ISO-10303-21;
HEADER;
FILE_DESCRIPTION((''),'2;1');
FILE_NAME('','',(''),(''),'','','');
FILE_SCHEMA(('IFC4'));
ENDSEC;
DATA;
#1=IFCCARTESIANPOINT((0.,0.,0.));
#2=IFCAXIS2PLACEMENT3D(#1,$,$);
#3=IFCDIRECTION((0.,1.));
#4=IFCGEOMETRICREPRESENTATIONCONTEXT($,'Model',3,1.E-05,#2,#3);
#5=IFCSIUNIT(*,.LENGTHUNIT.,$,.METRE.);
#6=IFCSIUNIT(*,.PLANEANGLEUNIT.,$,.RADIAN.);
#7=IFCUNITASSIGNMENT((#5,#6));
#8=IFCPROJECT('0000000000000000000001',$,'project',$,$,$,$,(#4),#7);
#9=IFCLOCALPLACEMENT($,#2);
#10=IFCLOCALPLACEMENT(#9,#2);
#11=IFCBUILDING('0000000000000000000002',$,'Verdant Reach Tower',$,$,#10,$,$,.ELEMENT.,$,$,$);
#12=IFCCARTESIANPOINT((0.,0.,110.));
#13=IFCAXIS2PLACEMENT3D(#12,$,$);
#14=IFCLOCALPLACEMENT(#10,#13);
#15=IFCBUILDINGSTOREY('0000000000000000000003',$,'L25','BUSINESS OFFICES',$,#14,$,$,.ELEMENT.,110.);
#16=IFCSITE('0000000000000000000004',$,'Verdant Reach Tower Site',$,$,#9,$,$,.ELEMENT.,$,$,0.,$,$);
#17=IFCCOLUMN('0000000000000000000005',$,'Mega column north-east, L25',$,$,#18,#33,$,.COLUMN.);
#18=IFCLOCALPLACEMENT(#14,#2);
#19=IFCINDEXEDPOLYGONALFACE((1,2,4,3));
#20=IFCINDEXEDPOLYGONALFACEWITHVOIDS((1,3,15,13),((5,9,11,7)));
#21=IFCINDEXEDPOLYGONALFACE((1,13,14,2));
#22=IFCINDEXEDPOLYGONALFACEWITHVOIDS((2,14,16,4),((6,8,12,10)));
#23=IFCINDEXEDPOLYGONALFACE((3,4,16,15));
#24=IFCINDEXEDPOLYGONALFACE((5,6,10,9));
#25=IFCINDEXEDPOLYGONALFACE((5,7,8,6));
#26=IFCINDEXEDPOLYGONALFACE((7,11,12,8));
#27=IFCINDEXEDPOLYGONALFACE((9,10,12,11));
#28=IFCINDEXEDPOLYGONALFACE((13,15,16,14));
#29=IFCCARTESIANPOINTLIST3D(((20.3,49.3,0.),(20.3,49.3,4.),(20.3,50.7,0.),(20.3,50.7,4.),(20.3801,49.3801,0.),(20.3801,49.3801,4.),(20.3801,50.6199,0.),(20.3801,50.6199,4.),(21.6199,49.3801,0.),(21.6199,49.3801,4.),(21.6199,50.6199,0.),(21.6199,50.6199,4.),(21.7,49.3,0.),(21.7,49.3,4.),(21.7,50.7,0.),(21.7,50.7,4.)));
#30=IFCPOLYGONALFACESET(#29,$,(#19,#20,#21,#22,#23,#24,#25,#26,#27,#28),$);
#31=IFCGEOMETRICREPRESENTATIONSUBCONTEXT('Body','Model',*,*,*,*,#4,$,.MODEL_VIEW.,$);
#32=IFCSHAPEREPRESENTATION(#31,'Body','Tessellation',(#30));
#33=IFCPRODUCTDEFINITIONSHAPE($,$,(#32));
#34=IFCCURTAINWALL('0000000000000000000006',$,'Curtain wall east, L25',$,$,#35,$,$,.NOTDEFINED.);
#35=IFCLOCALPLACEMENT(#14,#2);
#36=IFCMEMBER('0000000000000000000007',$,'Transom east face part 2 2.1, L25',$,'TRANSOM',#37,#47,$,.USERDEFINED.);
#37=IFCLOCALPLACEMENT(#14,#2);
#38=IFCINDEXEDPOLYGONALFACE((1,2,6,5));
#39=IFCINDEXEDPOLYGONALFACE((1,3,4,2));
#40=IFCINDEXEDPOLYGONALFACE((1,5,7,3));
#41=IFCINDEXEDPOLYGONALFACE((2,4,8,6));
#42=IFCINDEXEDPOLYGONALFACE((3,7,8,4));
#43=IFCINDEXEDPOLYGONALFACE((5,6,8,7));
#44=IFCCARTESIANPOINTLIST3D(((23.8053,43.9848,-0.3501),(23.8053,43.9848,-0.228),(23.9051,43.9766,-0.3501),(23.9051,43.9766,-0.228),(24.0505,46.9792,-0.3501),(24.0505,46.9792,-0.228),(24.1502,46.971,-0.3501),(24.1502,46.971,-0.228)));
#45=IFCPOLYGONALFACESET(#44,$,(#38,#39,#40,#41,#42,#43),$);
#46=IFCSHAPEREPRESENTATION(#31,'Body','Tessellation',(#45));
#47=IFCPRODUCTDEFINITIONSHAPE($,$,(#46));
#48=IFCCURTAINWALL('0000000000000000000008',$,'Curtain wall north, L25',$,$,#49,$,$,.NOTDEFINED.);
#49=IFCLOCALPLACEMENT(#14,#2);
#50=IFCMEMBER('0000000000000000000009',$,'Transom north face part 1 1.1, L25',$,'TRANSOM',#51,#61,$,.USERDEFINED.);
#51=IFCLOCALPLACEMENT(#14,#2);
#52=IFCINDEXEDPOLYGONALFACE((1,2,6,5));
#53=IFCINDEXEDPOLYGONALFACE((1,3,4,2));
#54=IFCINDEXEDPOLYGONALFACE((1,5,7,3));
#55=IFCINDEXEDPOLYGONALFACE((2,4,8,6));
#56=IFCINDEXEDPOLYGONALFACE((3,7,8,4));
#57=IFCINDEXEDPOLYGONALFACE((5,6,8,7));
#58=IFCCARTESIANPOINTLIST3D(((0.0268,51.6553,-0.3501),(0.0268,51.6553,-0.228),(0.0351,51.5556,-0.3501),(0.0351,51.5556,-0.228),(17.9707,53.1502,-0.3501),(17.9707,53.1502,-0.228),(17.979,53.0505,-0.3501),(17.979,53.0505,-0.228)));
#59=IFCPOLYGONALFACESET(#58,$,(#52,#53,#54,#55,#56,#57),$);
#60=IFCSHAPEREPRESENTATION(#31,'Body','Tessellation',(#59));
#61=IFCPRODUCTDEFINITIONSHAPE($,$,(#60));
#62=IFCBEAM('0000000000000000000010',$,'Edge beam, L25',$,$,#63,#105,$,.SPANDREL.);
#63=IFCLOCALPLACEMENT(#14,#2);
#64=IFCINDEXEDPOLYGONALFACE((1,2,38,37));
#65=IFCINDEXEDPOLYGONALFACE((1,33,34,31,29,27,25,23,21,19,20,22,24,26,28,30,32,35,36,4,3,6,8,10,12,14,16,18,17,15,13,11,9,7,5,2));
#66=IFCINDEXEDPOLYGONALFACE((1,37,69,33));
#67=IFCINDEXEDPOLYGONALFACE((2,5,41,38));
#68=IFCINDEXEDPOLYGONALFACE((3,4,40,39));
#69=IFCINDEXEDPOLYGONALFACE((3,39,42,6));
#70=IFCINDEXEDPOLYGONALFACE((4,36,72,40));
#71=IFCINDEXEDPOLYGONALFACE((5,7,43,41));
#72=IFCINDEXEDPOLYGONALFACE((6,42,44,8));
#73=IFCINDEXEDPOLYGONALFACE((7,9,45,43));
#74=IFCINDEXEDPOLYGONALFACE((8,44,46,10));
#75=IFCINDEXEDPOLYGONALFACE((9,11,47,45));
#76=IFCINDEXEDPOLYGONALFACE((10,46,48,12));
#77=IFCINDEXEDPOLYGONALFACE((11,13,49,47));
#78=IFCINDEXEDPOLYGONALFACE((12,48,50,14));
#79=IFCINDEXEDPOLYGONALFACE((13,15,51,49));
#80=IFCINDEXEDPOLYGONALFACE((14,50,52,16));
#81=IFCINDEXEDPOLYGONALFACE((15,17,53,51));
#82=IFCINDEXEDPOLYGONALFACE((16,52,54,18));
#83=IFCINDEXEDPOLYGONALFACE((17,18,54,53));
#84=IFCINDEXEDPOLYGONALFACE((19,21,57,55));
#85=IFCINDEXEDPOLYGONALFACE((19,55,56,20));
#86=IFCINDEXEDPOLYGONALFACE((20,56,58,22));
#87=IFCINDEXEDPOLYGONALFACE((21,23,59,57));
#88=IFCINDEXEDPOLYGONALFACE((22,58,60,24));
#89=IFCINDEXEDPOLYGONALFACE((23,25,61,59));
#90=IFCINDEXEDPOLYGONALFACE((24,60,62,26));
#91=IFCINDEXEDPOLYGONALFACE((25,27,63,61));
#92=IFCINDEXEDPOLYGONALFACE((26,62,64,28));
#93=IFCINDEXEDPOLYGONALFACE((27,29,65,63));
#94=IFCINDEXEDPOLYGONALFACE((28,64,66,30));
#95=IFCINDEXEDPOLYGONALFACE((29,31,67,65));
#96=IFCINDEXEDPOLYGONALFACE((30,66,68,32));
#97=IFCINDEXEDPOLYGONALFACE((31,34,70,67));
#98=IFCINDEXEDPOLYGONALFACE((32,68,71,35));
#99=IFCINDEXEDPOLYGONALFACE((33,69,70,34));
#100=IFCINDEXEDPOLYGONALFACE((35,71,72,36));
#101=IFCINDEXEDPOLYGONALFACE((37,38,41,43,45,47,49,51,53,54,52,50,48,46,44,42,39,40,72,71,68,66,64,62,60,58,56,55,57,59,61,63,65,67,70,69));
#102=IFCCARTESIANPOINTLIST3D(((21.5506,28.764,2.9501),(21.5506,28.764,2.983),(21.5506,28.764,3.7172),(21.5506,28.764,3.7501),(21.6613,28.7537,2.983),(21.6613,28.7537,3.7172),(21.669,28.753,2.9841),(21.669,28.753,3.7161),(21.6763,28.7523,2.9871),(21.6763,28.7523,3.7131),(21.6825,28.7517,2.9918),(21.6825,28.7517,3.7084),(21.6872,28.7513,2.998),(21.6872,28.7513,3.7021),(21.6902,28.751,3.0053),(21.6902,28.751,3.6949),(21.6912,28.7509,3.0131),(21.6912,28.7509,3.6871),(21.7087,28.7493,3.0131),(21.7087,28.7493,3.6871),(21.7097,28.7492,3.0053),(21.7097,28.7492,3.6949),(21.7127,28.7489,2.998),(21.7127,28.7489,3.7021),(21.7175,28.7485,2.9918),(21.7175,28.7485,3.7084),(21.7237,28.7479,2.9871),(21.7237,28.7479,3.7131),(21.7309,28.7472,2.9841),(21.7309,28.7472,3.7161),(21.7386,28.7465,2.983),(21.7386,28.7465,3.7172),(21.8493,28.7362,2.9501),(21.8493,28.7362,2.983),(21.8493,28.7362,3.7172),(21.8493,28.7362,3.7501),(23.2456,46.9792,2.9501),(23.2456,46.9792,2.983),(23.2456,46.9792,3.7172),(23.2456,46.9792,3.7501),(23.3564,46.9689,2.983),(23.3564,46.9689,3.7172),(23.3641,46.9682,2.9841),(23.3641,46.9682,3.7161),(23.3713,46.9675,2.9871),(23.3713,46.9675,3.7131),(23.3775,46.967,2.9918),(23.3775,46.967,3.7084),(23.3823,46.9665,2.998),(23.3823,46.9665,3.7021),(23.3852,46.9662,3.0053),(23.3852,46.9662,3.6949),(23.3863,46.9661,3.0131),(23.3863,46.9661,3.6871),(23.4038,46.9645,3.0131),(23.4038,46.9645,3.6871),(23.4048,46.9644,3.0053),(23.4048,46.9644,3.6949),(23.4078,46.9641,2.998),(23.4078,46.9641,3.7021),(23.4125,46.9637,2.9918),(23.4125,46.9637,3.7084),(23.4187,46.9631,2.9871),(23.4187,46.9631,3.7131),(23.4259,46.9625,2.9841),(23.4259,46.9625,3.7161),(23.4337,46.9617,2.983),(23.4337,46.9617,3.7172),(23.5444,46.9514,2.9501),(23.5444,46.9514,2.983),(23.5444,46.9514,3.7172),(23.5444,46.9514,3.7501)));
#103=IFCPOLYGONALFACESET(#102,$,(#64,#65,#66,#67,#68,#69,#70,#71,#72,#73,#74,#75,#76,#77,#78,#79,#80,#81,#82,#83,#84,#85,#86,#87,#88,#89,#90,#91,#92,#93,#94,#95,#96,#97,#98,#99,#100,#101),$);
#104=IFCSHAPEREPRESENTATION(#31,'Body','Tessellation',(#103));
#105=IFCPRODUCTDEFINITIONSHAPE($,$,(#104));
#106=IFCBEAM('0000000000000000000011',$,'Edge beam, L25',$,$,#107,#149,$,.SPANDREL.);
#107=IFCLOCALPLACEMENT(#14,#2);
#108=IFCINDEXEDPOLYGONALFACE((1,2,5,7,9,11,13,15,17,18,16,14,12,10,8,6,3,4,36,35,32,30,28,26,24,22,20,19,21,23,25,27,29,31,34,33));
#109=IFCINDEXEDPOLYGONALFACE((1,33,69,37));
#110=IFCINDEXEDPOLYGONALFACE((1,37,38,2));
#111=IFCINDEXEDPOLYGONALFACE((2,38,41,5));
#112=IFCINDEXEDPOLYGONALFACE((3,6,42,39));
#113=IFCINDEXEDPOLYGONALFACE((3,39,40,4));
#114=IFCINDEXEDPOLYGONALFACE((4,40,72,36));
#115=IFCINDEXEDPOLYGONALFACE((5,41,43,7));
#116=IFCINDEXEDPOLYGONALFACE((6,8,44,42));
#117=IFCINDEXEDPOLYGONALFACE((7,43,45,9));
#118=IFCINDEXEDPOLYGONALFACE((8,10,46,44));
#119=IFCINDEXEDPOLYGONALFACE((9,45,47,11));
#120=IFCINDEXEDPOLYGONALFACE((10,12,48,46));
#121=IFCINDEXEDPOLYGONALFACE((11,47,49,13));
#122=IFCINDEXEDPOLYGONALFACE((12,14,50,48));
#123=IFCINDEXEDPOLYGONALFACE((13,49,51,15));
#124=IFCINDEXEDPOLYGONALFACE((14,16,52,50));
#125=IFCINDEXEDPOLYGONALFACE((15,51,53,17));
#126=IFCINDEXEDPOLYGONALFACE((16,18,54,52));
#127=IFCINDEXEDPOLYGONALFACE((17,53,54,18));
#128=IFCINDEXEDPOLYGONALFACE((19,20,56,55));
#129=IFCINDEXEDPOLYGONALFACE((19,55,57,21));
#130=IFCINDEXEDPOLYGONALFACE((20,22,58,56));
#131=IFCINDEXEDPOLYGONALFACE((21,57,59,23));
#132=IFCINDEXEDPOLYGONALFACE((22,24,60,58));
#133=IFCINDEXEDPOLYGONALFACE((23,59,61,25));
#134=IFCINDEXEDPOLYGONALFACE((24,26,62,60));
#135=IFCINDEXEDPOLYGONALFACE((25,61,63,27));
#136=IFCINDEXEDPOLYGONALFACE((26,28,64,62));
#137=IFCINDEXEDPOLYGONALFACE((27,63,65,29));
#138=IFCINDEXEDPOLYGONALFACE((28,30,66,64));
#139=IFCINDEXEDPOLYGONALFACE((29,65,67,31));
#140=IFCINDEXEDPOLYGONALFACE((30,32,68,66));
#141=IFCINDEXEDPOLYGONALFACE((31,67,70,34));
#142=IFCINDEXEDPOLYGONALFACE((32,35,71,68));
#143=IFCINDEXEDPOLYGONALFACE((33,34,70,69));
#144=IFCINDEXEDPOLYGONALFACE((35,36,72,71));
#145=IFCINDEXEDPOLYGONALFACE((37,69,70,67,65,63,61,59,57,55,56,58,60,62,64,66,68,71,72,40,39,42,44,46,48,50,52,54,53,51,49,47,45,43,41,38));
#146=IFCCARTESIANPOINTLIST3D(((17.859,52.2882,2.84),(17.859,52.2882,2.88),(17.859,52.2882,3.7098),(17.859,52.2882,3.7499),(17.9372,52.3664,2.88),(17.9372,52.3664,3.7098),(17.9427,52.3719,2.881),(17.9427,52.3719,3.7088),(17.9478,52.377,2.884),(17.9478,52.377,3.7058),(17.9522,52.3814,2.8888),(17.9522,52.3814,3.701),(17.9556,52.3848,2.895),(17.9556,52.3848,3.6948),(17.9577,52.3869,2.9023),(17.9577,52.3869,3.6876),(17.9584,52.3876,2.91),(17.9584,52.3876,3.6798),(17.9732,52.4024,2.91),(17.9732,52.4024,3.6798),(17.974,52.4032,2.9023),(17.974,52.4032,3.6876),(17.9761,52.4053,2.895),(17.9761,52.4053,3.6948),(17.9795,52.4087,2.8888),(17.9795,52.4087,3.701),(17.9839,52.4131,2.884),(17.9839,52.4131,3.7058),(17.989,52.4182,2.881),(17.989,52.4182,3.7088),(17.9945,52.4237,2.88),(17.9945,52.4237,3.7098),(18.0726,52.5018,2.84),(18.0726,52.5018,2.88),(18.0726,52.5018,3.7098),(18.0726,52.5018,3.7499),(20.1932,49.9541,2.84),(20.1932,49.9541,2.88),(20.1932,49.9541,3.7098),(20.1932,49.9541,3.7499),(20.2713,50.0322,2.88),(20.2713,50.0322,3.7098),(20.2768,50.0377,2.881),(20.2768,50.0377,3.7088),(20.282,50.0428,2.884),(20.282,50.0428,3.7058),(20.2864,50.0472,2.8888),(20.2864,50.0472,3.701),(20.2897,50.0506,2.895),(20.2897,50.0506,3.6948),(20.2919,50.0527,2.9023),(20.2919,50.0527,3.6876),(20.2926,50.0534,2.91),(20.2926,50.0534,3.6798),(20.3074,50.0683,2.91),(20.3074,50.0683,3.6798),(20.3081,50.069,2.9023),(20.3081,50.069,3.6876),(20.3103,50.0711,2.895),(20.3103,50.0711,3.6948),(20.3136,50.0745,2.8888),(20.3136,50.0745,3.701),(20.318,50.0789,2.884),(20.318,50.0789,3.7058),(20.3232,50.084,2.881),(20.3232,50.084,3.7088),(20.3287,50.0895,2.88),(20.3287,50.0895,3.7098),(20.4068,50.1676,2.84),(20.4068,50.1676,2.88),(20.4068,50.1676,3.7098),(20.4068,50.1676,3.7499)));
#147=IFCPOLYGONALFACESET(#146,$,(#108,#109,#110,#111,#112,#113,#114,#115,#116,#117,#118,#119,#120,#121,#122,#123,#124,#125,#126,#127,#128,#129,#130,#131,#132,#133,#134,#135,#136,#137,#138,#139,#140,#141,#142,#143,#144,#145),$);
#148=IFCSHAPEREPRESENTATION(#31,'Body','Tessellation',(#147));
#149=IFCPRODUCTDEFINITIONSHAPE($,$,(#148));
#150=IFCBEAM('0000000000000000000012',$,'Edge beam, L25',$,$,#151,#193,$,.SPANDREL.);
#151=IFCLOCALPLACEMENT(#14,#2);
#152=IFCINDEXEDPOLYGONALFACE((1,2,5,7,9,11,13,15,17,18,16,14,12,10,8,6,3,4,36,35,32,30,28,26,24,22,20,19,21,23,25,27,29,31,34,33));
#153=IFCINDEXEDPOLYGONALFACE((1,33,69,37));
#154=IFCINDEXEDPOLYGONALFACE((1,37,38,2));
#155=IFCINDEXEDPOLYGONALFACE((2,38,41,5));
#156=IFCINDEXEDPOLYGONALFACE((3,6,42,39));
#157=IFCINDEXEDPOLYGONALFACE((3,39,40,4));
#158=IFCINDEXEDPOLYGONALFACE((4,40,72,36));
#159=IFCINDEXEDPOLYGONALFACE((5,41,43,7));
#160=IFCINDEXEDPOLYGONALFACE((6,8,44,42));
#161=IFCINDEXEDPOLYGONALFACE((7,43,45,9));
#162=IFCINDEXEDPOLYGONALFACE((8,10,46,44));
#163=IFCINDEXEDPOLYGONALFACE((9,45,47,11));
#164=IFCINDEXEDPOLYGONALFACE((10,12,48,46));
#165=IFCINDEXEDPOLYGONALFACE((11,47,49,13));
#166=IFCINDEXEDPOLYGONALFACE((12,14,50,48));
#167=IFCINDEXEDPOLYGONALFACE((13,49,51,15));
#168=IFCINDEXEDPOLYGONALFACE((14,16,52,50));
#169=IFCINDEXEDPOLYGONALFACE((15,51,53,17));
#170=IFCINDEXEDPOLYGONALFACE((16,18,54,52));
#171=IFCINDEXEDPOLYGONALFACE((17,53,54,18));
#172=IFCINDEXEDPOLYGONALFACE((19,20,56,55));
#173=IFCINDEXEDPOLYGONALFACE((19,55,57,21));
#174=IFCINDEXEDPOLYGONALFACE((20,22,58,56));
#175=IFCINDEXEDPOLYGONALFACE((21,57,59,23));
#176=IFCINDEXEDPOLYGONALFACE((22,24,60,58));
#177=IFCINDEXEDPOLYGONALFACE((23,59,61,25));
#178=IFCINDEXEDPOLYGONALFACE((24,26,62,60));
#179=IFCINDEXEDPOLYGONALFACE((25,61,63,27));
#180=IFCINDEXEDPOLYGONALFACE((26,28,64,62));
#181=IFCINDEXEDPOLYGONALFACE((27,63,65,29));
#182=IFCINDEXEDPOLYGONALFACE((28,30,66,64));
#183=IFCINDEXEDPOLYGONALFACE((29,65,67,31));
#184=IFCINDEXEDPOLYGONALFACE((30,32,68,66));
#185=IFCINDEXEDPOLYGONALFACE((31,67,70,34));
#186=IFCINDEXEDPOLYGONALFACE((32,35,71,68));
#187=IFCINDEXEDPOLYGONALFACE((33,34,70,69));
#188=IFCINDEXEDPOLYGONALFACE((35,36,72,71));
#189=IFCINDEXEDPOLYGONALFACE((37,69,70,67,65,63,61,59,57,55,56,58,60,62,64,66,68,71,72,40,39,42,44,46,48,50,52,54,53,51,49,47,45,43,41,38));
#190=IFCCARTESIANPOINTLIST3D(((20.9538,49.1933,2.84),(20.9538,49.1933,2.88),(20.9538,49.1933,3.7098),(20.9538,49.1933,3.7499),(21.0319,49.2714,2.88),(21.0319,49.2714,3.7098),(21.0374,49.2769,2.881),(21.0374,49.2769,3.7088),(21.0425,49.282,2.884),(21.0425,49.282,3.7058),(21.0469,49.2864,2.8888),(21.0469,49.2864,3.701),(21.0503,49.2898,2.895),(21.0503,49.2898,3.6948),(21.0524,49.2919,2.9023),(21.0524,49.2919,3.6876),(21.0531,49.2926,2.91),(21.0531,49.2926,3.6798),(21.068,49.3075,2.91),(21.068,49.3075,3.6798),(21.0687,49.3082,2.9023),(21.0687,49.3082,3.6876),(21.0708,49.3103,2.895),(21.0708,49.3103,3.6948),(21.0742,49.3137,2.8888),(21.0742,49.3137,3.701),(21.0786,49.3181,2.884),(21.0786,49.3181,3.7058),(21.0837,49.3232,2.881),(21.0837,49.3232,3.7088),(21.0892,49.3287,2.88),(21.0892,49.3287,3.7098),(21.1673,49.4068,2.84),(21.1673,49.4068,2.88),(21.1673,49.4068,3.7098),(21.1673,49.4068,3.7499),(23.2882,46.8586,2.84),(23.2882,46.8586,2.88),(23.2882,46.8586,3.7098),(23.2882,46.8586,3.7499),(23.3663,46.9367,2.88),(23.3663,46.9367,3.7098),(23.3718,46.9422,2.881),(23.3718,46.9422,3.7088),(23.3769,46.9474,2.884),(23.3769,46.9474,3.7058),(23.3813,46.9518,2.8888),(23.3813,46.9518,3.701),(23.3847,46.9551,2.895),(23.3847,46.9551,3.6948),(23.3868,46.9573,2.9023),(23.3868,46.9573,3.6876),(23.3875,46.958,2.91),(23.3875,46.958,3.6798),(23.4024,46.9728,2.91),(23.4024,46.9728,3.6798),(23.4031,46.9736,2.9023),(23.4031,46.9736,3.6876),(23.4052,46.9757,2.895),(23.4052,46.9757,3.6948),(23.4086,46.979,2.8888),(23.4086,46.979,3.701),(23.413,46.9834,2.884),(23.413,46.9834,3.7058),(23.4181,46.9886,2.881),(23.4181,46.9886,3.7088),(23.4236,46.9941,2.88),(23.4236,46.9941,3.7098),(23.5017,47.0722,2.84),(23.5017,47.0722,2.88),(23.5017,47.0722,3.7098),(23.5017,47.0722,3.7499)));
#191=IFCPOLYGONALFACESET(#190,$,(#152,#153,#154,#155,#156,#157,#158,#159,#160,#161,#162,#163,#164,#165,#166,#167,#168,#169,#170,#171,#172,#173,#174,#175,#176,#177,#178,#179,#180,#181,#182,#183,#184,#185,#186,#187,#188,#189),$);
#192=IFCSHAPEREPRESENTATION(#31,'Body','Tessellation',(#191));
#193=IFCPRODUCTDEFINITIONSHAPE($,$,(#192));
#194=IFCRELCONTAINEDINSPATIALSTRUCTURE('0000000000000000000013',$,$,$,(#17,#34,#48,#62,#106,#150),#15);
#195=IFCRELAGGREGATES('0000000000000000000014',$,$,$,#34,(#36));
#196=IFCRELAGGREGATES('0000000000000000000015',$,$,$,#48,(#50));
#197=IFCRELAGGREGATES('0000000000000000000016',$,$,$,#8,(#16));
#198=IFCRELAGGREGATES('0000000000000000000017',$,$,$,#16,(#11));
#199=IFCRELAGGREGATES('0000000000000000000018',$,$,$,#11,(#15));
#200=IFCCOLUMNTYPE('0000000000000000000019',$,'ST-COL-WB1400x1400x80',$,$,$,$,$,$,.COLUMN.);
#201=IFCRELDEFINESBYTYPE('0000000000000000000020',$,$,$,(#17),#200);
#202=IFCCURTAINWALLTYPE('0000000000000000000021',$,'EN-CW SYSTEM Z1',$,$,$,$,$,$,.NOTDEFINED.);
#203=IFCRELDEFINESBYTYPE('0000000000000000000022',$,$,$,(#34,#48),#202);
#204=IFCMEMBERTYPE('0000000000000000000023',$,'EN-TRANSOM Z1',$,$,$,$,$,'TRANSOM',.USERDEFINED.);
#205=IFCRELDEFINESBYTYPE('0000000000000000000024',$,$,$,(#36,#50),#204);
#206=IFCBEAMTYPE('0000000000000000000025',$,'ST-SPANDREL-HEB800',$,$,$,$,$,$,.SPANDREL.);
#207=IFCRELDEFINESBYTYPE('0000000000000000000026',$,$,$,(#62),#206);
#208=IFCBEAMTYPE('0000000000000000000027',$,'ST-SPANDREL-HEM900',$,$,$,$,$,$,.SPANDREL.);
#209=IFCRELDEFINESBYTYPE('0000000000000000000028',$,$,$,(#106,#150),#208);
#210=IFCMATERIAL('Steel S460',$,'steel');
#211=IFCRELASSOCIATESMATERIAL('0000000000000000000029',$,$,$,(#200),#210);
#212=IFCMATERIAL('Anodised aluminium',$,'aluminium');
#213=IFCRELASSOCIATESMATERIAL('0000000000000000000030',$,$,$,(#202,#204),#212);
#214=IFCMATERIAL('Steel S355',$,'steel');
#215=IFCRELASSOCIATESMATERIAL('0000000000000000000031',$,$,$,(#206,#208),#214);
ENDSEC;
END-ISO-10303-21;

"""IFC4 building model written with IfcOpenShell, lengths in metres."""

from ifc_helpers import new_model, si_unit, direction, frame, origin, origin_2d, place, context, subcontext, project, spatial, rectangle, hollow_rectangle, i_section, extrude, material, material_profile, profile_set, type_object, element, aggregate, save


model = new_model("IFC4")

# Units and contexts
model_context = context("Model", 3, precision=1e-05, world=origin(), true_north=direction((0.0, 1.0)))
body_context = subcontext(model_context, "Body", "Model", "MODEL_VIEW")
ifc_project = project(units=[si_unit("LENGTHUNIT", "METRE"), si_unit("PLANEANGLEUNIT", "RADIAN")], contexts=[model_context])

# Site, building, storey
site_placement = place(None, origin())
site = spatial("IfcSite", under=ifc_project, at=site_placement, Name="Verdant Reach Tower Site", CompositionType="ELEMENT", RefElevation=0.0)
building_placement = place(site_placement, origin())
building = spatial("IfcBuilding", under=site, at=building_placement, Name="Verdant Reach Tower", CompositionType="ELEMENT")
storey_placement = place(building_placement, frame((0.0, 0.0, 110.0)))
storey = spatial("IfcBuildingStorey", under=building, at=storey_placement, Name="L25", Description="BUSINESS OFFICES", CompositionType="ELEMENT", Elevation=110.0)

# Column
ifc_material_1 = material(Name="Steel S460", Category="steel")
ifc_material_profile_1 = material_profile(ifc_material_1, hollow_rectangle(XDim=1.3999, YDim=1.3999, WallThickness=0.0801, at=origin_2d()), Name="WB 1400x1400x80")
ifc_profile_set_1 = profile_set([ifc_material_profile_1], Name="Steel S460")
column_type = type_object("IfcColumnType", Name="ST-COL-WB1400x1400x80", PredefinedType="COLUMN", material=ifc_profile_set_1)
column_placement = place(storey_placement, frame((21.0, 50.0, 0.0), z_axis=(0.0, 0.0, 1.0), x_axis=(1.0, 0.0, 0.0)))
element("IfcColumn", 1, at=column_placement, inside=storey, type_object=column_type, Name="Mega column north-east, L25", PredefinedType="COLUMN", context=body_context, shape_type="SweptSolid", body=[
    extrude(hollow_rectangle(XDim=1.3999, YDim=1.3999, WallThickness=0.0801, at=origin_2d()), origin(), (0.0, 0.0, 1.0), 4.0),
])

# Curtain walls, members
ifc_material_2 = material(Name="Anodised aluminium", Category="aluminium")
curtain_wall_type = type_object("IfcCurtainWallType", Name="EN-CW SYSTEM Z1", PredefinedType="NOTDEFINED", material=ifc_material_2)
curtain_wall_1_placement = place(storey_placement, origin())
curtain_wall_1 = element("IfcCurtainWall", 2, at=curtain_wall_1_placement, inside=storey, type_object=curtain_wall_type, Name="Curtain wall east, L25", PredefinedType="NOTDEFINED")
ifc_material_profile_2 = material_profile(ifc_material_2, rectangle(XDim=0.1001, YDim=0.1221, at=origin_2d()), Name="Transom 122x100")
ifc_profile_set_2 = profile_set([ifc_material_profile_2], Name="Anodised aluminium")
member_type = type_object("IfcMemberType", Name="EN-TRANSOM Z1", ElementType="TRANSOM", PredefinedType="USERDEFINED", material=ifc_profile_set_2)
member_1_placement = place(storey_placement, frame((23.8552, 43.9807, -0.2891), z_axis=(0.081586, 0.996666, 0.0), x_axis=(-0.996666, 0.081586, 0.0)))
member_1 = element("IfcMember", 3, at=member_1_placement, type_object=member_type, Name="Transom east face part 2 2.1, L25", ObjectType="TRANSOM", PredefinedType="USERDEFINED", context=body_context, shape_type="SweptSolid", body=[
    extrude(rectangle(XDim=0.1001, YDim=0.1221, at=origin_2d()), origin(), (0.0, 0.0, 1.0), 3.0044),
])
curtain_wall_2_placement = place(storey_placement, origin())
curtain_wall_2 = element("IfcCurtainWall", 4, at=curtain_wall_2_placement, inside=storey, type_object=curtain_wall_type, Name="Curtain wall north, L25", PredefinedType="NOTDEFINED")
member_2_placement = place(storey_placement, frame((17.9749, 53.1003, -0.2891), z_axis=(-0.996548, -0.083021, 0.0), x_axis=(0.083021, -0.996548, 0.0)))
member_2 = element("IfcMember", 5, at=member_2_placement, type_object=member_type, Name="Transom north face part 1 1.1, L25", ObjectType="TRANSOM", PredefinedType="USERDEFINED", context=body_context, shape_type="SweptSolid", body=[
    extrude(rectangle(XDim=0.1001, YDim=0.1221, at=origin_2d()), origin(), (0.0, 0.0, 1.0), 18.0061),
])

# Beams
ifc_material_3 = material(Name="Steel S355", Category="steel")
ifc_material_profile_3 = material_profile(ifc_material_3, i_section(OverallWidth=0.3, OverallDepth=0.8, WebThickness=0.0176, FlangeThickness=0.033, FilletRadius=0.03, at=origin_2d()), Name="HEB 800")
ifc_profile_set_3 = profile_set([ifc_material_profile_3], Name="Steel S355")
beam_type_1 = type_object("IfcBeamType", Name="ST-SPANDREL-HEB800", PredefinedType="SPANDREL", material=ifc_profile_set_3)
beam_1_placement = place(storey_placement, frame((23.395, 46.9653, 3.3501), z_axis=(-0.092657, -0.995698, 0.0), x_axis=(0.995698, -0.092657, 0.0)))
element("IfcBeam", 6, at=beam_1_placement, inside=storey, type_object=beam_type_1, Name="Edge beam, L25", PredefinedType="SPANDREL", context=body_context, shape_type="SweptSolid", body=[
    extrude(i_section(OverallWidth=0.3, OverallDepth=0.8, WebThickness=0.0176, FlangeThickness=0.033, FilletRadius=0.03, at=origin_2d()), origin(), (0.0, 0.0, 1.0), 18.2939),
])
ifc_material_profile_4 = material_profile(ifc_material_3, i_section(OverallWidth=0.302, OverallDepth=0.9099, WebThickness=0.021, FlangeThickness=0.04, FilletRadius=0.03, at=origin_2d()), Name="HEM 900")
ifc_profile_set_4 = profile_set([ifc_material_profile_4], Name="Steel S355")
beam_type_2 = type_object("IfcBeamType", Name="ST-SPANDREL-HEM900", PredefinedType="SPANDREL", material=ifc_profile_set_4)
beam_2_placement = place(storey_placement, frame((17.9658, 52.395, 3.2949), z_axis=(0.707107, -0.707107, 0.0), x_axis=(0.707107, 0.707107, 0.0)))
element("IfcBeam", 7, at=beam_2_placement, inside=storey, type_object=beam_type_2, Name="Edge beam, L25", PredefinedType="SPANDREL", context=body_context, shape_type="SweptSolid", body=[
    extrude(i_section(OverallWidth=0.302, OverallDepth=0.9099, WebThickness=0.021, FlangeThickness=0.04, FilletRadius=0.03, at=origin_2d()), origin(), (0.0, 0.0, 1.0), 3.301),
])
beam_3_placement = place(storey_placement, frame((21.0605, 49.3, 3.2949), z_axis=(0.70707, -0.707144, 0.0), x_axis=(0.707144, 0.70707, 0.0)))
element("IfcBeam", 8, at=beam_3_placement, inside=storey, type_object=beam_type_2, Name="Edge beam, L25", PredefinedType="SPANDREL", context=body_context, shape_type="SweptSolid", body=[
    extrude(i_section(OverallWidth=0.302, OverallDepth=0.9099, WebThickness=0.021, FlangeThickness=0.04, FilletRadius=0.03, at=origin_2d()), origin(), (0.0, 0.0, 1.0), 3.3015),
])

aggregate(curtain_wall_1, [member_1])

aggregate(curtain_wall_2, [member_2])

save(model, "model.ifc")
